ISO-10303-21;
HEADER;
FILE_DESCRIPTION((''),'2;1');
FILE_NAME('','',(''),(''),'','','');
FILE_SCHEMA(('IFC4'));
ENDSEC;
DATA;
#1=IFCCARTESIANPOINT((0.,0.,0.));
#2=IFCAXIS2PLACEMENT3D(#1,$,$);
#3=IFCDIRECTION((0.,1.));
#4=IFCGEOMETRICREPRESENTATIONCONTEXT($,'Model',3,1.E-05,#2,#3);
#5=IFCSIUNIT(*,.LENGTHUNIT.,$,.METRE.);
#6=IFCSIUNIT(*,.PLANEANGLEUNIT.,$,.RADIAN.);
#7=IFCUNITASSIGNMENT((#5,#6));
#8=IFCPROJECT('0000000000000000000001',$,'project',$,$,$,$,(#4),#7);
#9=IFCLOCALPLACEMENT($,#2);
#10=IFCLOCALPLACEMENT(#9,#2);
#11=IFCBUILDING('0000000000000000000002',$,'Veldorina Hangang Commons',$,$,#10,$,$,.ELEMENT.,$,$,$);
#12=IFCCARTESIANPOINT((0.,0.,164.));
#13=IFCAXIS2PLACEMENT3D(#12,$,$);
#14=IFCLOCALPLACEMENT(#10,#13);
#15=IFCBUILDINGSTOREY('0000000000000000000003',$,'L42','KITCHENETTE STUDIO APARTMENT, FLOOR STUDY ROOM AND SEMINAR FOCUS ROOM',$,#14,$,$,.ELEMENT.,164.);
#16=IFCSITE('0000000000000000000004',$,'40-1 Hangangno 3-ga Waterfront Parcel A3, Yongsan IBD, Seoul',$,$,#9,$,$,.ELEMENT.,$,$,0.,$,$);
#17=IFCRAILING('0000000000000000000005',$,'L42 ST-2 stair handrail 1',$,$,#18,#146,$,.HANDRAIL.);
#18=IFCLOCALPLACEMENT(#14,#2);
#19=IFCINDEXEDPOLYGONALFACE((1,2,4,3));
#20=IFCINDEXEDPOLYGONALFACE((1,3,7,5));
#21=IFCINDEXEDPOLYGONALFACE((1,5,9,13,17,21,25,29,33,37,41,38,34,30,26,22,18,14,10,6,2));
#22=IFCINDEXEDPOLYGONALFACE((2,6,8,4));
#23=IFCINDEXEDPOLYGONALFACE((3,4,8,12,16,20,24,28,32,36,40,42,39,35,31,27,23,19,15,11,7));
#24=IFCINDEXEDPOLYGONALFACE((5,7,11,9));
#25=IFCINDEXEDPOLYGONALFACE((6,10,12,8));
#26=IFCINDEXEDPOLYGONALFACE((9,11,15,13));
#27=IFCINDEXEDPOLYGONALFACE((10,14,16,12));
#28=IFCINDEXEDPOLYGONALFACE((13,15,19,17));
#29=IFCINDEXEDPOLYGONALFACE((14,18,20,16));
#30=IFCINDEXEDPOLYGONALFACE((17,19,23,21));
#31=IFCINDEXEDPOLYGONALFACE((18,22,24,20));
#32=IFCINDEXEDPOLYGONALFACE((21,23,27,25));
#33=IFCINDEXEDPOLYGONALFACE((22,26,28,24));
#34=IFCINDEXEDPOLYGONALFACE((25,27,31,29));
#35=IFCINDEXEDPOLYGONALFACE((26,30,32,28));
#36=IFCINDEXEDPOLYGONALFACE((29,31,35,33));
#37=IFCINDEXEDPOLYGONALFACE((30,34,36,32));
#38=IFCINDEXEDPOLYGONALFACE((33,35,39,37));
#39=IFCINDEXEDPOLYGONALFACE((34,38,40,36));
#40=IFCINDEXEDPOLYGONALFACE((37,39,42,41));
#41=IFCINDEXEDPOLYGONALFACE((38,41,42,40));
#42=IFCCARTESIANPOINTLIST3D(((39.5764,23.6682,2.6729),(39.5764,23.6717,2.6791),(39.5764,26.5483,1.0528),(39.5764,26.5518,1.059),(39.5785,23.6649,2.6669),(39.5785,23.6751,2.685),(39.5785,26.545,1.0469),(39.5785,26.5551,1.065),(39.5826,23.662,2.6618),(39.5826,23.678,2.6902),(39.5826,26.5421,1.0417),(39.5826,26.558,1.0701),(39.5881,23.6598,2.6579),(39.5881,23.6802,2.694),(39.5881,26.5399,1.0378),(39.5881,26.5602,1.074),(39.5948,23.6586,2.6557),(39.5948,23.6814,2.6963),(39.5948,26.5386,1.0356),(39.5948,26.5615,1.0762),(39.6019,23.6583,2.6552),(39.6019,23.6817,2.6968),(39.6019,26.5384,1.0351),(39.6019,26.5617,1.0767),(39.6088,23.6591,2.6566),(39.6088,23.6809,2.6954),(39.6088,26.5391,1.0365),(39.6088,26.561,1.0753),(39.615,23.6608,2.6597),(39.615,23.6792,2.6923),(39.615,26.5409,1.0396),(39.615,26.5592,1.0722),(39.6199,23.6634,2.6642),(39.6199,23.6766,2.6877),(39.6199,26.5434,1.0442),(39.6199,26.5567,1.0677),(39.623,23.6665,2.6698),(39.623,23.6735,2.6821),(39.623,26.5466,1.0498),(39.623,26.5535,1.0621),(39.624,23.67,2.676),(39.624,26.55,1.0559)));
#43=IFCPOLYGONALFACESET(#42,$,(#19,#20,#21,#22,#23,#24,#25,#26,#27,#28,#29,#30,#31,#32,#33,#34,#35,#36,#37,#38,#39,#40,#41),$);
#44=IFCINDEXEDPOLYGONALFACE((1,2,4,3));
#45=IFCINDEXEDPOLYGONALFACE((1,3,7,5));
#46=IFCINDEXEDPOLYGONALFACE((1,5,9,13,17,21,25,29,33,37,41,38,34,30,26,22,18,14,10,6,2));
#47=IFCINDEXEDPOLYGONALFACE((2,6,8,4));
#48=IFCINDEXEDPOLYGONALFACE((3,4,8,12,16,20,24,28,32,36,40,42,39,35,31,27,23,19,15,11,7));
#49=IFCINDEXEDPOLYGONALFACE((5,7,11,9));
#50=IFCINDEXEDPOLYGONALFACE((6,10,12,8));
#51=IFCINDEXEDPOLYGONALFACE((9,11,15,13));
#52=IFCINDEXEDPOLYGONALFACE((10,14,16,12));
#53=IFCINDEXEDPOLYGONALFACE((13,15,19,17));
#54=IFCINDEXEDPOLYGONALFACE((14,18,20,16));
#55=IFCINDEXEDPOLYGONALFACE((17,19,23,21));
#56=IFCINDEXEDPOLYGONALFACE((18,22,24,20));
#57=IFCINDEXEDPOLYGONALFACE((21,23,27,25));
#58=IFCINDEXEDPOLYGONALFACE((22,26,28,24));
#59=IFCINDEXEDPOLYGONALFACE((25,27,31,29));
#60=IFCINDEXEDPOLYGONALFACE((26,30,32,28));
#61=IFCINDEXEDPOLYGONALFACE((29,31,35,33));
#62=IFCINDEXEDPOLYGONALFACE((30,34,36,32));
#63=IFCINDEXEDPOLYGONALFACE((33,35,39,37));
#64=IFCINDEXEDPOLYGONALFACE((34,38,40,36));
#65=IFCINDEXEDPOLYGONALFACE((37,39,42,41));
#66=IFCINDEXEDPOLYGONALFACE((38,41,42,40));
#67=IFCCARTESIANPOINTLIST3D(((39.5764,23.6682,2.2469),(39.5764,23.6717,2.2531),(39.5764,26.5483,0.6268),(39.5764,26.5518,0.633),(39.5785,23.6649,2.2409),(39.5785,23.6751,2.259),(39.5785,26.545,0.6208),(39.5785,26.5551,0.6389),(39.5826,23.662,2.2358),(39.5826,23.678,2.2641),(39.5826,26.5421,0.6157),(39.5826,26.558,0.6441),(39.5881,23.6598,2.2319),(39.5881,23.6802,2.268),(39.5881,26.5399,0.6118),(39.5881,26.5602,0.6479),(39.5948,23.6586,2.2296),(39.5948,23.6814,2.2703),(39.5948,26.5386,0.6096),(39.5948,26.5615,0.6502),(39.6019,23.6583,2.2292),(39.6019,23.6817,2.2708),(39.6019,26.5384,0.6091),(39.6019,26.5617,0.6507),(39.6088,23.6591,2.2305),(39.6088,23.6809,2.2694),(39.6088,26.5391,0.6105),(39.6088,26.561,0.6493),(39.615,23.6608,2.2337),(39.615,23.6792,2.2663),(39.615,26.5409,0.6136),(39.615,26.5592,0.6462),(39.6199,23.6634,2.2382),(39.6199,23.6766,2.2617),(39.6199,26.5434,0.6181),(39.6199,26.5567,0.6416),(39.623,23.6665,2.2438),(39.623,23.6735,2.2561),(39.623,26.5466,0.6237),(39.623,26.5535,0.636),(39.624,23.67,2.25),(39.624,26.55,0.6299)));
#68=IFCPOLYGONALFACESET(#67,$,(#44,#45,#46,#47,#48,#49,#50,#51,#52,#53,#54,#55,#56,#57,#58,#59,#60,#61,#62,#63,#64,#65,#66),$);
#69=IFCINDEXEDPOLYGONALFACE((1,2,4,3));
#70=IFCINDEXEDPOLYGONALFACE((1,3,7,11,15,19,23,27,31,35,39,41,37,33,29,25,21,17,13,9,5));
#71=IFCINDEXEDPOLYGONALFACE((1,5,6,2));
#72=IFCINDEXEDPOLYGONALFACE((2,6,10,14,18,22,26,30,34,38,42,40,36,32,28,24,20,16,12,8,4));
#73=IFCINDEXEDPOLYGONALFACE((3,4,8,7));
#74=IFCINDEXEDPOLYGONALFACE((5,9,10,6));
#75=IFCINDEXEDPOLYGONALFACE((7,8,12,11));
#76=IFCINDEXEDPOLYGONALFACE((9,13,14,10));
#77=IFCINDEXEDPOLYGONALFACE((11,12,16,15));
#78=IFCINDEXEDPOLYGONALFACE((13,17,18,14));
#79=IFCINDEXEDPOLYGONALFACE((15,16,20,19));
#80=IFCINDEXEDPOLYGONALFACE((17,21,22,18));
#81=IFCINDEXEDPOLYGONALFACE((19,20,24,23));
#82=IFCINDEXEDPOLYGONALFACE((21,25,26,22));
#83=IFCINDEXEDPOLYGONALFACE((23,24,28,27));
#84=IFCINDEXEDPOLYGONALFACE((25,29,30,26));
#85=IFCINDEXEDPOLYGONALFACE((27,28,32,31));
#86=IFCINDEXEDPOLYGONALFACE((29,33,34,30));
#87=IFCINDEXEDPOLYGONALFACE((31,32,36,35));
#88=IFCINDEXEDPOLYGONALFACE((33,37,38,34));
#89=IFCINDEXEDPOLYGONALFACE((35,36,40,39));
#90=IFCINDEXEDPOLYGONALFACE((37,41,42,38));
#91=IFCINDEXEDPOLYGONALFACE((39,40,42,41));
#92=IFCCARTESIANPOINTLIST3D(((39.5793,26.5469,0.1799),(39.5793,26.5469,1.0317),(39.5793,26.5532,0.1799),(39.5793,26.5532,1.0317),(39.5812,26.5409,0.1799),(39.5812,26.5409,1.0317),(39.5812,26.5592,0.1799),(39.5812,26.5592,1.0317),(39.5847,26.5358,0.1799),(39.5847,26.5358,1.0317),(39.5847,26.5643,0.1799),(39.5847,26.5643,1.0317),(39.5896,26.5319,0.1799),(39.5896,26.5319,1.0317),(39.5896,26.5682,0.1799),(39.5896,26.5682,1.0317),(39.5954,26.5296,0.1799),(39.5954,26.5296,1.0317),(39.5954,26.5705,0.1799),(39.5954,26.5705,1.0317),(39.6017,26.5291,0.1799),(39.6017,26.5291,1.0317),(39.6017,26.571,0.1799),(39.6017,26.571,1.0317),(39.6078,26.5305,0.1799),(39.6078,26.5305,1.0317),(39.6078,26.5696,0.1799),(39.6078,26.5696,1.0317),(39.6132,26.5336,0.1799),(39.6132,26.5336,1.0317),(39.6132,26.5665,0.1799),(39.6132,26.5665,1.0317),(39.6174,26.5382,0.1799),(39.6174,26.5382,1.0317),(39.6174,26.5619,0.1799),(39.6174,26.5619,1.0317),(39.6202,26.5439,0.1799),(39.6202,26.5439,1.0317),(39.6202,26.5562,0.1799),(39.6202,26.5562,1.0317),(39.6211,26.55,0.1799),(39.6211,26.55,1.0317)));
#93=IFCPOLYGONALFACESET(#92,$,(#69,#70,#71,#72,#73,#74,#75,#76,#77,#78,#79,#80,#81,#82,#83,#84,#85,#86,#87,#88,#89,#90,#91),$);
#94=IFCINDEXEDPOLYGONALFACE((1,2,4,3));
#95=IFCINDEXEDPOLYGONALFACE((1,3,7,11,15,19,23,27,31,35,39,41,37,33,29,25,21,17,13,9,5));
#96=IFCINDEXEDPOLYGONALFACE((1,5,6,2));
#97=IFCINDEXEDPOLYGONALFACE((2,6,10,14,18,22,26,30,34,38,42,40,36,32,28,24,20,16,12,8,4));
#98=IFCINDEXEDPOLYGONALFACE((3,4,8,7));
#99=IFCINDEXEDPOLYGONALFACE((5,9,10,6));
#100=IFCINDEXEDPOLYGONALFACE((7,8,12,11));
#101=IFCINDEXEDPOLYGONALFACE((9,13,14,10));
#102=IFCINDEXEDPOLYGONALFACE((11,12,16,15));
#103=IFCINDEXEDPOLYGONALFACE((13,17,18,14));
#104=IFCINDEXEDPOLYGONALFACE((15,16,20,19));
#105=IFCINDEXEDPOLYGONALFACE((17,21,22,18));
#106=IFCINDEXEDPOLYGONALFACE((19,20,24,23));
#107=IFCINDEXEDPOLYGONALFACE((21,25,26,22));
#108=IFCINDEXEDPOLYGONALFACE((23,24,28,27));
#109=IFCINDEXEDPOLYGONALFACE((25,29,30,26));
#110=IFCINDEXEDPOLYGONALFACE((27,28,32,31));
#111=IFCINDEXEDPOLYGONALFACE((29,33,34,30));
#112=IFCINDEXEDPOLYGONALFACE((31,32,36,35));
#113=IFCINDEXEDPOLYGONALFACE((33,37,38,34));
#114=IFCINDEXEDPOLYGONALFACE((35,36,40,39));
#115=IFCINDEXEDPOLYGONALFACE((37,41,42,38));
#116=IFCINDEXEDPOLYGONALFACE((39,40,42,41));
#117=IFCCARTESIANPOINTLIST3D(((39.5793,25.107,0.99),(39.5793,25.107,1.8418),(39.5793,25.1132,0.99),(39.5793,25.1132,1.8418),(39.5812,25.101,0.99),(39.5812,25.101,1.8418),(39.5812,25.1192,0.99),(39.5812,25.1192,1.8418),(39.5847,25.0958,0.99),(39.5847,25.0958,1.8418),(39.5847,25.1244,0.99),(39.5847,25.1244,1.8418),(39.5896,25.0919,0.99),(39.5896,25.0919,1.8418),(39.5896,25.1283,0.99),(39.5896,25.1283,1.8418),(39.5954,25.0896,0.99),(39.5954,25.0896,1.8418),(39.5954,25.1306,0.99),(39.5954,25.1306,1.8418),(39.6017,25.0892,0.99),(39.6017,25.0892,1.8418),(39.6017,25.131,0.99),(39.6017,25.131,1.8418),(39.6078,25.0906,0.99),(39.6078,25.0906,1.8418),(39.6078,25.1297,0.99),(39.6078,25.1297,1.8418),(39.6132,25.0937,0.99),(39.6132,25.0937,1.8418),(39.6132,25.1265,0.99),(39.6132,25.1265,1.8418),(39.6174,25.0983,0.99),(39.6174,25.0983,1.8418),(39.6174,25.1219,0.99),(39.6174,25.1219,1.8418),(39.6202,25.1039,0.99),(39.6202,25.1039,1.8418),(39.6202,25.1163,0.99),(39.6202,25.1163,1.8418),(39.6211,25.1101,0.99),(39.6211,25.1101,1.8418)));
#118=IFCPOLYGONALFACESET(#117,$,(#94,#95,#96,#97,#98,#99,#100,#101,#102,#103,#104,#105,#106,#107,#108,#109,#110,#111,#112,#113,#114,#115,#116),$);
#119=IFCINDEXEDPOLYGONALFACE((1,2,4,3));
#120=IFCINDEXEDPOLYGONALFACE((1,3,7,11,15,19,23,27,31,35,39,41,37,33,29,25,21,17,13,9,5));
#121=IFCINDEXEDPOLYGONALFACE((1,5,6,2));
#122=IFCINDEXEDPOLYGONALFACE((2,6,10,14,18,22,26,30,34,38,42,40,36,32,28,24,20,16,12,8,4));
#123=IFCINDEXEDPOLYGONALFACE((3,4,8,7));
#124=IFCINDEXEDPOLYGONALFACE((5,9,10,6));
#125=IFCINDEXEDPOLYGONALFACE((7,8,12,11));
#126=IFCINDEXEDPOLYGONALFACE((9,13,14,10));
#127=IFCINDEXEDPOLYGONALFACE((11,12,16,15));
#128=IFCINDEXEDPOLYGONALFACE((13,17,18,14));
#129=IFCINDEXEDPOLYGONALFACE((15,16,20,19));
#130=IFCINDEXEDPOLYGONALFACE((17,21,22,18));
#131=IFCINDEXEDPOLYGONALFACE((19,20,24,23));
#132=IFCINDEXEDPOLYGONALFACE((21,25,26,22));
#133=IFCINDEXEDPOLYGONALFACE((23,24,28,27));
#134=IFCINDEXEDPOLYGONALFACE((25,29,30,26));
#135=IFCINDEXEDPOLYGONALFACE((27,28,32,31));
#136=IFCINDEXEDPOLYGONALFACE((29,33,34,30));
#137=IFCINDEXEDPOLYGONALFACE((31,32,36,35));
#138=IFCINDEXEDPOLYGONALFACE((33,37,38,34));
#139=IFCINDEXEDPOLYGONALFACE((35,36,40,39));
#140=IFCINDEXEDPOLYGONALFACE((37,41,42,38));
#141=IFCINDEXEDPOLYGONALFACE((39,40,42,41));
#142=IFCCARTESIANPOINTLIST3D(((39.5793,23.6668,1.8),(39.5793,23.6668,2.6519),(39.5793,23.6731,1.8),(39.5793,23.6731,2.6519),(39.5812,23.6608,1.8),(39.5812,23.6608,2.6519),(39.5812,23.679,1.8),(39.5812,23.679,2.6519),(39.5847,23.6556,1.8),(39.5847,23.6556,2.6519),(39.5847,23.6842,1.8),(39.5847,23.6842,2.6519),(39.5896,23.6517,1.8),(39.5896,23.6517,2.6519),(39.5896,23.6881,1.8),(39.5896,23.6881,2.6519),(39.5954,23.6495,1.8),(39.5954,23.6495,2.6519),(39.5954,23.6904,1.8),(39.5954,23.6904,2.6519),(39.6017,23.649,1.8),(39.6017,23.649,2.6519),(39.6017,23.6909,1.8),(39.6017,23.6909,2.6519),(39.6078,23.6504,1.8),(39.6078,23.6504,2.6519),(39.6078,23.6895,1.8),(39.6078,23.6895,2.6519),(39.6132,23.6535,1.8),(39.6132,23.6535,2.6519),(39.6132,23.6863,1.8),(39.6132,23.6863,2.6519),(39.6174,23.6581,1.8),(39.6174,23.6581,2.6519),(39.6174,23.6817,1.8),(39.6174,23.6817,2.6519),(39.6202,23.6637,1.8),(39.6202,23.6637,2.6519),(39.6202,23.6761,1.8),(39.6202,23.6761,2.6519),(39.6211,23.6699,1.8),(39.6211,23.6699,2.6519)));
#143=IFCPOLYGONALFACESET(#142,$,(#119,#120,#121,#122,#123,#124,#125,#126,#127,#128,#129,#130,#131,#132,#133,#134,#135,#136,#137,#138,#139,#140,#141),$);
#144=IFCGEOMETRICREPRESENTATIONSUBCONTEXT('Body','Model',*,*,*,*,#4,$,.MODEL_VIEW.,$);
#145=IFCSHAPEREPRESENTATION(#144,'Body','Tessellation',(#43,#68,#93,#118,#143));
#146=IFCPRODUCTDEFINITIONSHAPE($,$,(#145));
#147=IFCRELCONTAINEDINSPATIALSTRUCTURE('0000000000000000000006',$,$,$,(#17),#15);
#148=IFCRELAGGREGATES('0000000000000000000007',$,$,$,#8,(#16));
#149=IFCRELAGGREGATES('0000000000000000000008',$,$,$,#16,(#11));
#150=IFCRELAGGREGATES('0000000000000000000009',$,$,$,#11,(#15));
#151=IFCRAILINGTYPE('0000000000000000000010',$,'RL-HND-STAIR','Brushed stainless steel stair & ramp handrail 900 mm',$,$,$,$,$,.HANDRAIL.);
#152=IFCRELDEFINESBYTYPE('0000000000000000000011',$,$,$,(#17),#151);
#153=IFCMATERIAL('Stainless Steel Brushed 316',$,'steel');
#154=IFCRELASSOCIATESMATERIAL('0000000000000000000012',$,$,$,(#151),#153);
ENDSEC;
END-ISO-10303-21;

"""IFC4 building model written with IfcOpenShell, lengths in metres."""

from ifc_helpers import new_model, si_unit, direction, frame, origin, origin_2d, place, context, subcontext, project, spatial, circle, extrude, material, type_object, element, save


model = new_model("IFC4")

# Units and contexts
model_context = context("Model", 3, precision=1e-05, world=origin(), true_north=direction((0.0, 1.0)))
body_context = subcontext(model_context, "Body", "Model", "MODEL_VIEW")
ifc_project = project(units=[si_unit("LENGTHUNIT", "METRE"), si_unit("PLANEANGLEUNIT", "RADIAN")], contexts=[model_context])

# Site, building, storey
site_placement = place(None, origin())
site = spatial("IfcSite", under=ifc_project, at=site_placement, Name="40-1 Hangangno 3-ga Waterfront Parcel A3, Yongsan IBD, Seoul", CompositionType="ELEMENT", RefElevation=0.0)
building_placement = place(site_placement, origin())
building = spatial("IfcBuilding", under=site, at=building_placement, Name="Veldorina Hangang Commons", CompositionType="ELEMENT")
storey_placement = place(building_placement, frame((0.0, 0.0, 164.0)))
storey = spatial("IfcBuildingStorey", under=building, at=storey_placement, Name="L42", Description="KITCHENETTE STUDIO APARTMENT, FLOOR STUDY ROOM AND SEMINAR FOCUS ROOM", CompositionType="ELEMENT", Elevation=164.0)

# Railing
ifc_material_1 = material(Name="Stainless Steel Brushed 316", Category="steel")
railing_type_1 = type_object("IfcRailingType", Name="RL-HND-STAIR", Description="Brushed stainless steel stair & ramp handrail 900 mm", PredefinedType="HANDRAIL", material=ifc_material_1)
railing_1_placement = place(storey_placement, frame((39.6001, 26.55, 0.1799)))
element("IfcRailing", 1, at=railing_1_placement, inside=storey, type_object=railing_type_1, Name="L42 ST-2 stair handrail 1", PredefinedType="HANDRAIL", context=body_context, shape_type="SweptSolid", body=[
    extrude(circle(Radius=0.0239, at=origin_2d()), frame((0.0, 0.0, 0.876), z_axis=(0.0, -0.87157, 0.490272), x_axis=(1.0, 0.0, 0.0)), (0.0, 0.0, 1.0), 3.3044),
    extrude(circle(Radius=0.0239, at=origin_2d()), frame((0.0, 0.0, 0.45), z_axis=(0.0, -0.87157, 0.490272), x_axis=(1.0, 0.0, 0.0)), (0.0, 0.0, 1.0), 3.3044),
    extrude(circle(Radius=0.021, at=origin_2d()), origin(), (0.0, 0.0, 1.0), 0.8518),
    extrude(circle(Radius=0.021, at=origin_2d()), frame((0.0, -1.4399, 0.8101)), (0.0, 0.0, 1.0), 0.8518),
    extrude(circle(Radius=0.021, at=origin_2d()), frame((0.0, -2.8801, 1.6201)), (0.0, 0.0, 1.0), 0.8518),
])

save(model, "model.ifc")
